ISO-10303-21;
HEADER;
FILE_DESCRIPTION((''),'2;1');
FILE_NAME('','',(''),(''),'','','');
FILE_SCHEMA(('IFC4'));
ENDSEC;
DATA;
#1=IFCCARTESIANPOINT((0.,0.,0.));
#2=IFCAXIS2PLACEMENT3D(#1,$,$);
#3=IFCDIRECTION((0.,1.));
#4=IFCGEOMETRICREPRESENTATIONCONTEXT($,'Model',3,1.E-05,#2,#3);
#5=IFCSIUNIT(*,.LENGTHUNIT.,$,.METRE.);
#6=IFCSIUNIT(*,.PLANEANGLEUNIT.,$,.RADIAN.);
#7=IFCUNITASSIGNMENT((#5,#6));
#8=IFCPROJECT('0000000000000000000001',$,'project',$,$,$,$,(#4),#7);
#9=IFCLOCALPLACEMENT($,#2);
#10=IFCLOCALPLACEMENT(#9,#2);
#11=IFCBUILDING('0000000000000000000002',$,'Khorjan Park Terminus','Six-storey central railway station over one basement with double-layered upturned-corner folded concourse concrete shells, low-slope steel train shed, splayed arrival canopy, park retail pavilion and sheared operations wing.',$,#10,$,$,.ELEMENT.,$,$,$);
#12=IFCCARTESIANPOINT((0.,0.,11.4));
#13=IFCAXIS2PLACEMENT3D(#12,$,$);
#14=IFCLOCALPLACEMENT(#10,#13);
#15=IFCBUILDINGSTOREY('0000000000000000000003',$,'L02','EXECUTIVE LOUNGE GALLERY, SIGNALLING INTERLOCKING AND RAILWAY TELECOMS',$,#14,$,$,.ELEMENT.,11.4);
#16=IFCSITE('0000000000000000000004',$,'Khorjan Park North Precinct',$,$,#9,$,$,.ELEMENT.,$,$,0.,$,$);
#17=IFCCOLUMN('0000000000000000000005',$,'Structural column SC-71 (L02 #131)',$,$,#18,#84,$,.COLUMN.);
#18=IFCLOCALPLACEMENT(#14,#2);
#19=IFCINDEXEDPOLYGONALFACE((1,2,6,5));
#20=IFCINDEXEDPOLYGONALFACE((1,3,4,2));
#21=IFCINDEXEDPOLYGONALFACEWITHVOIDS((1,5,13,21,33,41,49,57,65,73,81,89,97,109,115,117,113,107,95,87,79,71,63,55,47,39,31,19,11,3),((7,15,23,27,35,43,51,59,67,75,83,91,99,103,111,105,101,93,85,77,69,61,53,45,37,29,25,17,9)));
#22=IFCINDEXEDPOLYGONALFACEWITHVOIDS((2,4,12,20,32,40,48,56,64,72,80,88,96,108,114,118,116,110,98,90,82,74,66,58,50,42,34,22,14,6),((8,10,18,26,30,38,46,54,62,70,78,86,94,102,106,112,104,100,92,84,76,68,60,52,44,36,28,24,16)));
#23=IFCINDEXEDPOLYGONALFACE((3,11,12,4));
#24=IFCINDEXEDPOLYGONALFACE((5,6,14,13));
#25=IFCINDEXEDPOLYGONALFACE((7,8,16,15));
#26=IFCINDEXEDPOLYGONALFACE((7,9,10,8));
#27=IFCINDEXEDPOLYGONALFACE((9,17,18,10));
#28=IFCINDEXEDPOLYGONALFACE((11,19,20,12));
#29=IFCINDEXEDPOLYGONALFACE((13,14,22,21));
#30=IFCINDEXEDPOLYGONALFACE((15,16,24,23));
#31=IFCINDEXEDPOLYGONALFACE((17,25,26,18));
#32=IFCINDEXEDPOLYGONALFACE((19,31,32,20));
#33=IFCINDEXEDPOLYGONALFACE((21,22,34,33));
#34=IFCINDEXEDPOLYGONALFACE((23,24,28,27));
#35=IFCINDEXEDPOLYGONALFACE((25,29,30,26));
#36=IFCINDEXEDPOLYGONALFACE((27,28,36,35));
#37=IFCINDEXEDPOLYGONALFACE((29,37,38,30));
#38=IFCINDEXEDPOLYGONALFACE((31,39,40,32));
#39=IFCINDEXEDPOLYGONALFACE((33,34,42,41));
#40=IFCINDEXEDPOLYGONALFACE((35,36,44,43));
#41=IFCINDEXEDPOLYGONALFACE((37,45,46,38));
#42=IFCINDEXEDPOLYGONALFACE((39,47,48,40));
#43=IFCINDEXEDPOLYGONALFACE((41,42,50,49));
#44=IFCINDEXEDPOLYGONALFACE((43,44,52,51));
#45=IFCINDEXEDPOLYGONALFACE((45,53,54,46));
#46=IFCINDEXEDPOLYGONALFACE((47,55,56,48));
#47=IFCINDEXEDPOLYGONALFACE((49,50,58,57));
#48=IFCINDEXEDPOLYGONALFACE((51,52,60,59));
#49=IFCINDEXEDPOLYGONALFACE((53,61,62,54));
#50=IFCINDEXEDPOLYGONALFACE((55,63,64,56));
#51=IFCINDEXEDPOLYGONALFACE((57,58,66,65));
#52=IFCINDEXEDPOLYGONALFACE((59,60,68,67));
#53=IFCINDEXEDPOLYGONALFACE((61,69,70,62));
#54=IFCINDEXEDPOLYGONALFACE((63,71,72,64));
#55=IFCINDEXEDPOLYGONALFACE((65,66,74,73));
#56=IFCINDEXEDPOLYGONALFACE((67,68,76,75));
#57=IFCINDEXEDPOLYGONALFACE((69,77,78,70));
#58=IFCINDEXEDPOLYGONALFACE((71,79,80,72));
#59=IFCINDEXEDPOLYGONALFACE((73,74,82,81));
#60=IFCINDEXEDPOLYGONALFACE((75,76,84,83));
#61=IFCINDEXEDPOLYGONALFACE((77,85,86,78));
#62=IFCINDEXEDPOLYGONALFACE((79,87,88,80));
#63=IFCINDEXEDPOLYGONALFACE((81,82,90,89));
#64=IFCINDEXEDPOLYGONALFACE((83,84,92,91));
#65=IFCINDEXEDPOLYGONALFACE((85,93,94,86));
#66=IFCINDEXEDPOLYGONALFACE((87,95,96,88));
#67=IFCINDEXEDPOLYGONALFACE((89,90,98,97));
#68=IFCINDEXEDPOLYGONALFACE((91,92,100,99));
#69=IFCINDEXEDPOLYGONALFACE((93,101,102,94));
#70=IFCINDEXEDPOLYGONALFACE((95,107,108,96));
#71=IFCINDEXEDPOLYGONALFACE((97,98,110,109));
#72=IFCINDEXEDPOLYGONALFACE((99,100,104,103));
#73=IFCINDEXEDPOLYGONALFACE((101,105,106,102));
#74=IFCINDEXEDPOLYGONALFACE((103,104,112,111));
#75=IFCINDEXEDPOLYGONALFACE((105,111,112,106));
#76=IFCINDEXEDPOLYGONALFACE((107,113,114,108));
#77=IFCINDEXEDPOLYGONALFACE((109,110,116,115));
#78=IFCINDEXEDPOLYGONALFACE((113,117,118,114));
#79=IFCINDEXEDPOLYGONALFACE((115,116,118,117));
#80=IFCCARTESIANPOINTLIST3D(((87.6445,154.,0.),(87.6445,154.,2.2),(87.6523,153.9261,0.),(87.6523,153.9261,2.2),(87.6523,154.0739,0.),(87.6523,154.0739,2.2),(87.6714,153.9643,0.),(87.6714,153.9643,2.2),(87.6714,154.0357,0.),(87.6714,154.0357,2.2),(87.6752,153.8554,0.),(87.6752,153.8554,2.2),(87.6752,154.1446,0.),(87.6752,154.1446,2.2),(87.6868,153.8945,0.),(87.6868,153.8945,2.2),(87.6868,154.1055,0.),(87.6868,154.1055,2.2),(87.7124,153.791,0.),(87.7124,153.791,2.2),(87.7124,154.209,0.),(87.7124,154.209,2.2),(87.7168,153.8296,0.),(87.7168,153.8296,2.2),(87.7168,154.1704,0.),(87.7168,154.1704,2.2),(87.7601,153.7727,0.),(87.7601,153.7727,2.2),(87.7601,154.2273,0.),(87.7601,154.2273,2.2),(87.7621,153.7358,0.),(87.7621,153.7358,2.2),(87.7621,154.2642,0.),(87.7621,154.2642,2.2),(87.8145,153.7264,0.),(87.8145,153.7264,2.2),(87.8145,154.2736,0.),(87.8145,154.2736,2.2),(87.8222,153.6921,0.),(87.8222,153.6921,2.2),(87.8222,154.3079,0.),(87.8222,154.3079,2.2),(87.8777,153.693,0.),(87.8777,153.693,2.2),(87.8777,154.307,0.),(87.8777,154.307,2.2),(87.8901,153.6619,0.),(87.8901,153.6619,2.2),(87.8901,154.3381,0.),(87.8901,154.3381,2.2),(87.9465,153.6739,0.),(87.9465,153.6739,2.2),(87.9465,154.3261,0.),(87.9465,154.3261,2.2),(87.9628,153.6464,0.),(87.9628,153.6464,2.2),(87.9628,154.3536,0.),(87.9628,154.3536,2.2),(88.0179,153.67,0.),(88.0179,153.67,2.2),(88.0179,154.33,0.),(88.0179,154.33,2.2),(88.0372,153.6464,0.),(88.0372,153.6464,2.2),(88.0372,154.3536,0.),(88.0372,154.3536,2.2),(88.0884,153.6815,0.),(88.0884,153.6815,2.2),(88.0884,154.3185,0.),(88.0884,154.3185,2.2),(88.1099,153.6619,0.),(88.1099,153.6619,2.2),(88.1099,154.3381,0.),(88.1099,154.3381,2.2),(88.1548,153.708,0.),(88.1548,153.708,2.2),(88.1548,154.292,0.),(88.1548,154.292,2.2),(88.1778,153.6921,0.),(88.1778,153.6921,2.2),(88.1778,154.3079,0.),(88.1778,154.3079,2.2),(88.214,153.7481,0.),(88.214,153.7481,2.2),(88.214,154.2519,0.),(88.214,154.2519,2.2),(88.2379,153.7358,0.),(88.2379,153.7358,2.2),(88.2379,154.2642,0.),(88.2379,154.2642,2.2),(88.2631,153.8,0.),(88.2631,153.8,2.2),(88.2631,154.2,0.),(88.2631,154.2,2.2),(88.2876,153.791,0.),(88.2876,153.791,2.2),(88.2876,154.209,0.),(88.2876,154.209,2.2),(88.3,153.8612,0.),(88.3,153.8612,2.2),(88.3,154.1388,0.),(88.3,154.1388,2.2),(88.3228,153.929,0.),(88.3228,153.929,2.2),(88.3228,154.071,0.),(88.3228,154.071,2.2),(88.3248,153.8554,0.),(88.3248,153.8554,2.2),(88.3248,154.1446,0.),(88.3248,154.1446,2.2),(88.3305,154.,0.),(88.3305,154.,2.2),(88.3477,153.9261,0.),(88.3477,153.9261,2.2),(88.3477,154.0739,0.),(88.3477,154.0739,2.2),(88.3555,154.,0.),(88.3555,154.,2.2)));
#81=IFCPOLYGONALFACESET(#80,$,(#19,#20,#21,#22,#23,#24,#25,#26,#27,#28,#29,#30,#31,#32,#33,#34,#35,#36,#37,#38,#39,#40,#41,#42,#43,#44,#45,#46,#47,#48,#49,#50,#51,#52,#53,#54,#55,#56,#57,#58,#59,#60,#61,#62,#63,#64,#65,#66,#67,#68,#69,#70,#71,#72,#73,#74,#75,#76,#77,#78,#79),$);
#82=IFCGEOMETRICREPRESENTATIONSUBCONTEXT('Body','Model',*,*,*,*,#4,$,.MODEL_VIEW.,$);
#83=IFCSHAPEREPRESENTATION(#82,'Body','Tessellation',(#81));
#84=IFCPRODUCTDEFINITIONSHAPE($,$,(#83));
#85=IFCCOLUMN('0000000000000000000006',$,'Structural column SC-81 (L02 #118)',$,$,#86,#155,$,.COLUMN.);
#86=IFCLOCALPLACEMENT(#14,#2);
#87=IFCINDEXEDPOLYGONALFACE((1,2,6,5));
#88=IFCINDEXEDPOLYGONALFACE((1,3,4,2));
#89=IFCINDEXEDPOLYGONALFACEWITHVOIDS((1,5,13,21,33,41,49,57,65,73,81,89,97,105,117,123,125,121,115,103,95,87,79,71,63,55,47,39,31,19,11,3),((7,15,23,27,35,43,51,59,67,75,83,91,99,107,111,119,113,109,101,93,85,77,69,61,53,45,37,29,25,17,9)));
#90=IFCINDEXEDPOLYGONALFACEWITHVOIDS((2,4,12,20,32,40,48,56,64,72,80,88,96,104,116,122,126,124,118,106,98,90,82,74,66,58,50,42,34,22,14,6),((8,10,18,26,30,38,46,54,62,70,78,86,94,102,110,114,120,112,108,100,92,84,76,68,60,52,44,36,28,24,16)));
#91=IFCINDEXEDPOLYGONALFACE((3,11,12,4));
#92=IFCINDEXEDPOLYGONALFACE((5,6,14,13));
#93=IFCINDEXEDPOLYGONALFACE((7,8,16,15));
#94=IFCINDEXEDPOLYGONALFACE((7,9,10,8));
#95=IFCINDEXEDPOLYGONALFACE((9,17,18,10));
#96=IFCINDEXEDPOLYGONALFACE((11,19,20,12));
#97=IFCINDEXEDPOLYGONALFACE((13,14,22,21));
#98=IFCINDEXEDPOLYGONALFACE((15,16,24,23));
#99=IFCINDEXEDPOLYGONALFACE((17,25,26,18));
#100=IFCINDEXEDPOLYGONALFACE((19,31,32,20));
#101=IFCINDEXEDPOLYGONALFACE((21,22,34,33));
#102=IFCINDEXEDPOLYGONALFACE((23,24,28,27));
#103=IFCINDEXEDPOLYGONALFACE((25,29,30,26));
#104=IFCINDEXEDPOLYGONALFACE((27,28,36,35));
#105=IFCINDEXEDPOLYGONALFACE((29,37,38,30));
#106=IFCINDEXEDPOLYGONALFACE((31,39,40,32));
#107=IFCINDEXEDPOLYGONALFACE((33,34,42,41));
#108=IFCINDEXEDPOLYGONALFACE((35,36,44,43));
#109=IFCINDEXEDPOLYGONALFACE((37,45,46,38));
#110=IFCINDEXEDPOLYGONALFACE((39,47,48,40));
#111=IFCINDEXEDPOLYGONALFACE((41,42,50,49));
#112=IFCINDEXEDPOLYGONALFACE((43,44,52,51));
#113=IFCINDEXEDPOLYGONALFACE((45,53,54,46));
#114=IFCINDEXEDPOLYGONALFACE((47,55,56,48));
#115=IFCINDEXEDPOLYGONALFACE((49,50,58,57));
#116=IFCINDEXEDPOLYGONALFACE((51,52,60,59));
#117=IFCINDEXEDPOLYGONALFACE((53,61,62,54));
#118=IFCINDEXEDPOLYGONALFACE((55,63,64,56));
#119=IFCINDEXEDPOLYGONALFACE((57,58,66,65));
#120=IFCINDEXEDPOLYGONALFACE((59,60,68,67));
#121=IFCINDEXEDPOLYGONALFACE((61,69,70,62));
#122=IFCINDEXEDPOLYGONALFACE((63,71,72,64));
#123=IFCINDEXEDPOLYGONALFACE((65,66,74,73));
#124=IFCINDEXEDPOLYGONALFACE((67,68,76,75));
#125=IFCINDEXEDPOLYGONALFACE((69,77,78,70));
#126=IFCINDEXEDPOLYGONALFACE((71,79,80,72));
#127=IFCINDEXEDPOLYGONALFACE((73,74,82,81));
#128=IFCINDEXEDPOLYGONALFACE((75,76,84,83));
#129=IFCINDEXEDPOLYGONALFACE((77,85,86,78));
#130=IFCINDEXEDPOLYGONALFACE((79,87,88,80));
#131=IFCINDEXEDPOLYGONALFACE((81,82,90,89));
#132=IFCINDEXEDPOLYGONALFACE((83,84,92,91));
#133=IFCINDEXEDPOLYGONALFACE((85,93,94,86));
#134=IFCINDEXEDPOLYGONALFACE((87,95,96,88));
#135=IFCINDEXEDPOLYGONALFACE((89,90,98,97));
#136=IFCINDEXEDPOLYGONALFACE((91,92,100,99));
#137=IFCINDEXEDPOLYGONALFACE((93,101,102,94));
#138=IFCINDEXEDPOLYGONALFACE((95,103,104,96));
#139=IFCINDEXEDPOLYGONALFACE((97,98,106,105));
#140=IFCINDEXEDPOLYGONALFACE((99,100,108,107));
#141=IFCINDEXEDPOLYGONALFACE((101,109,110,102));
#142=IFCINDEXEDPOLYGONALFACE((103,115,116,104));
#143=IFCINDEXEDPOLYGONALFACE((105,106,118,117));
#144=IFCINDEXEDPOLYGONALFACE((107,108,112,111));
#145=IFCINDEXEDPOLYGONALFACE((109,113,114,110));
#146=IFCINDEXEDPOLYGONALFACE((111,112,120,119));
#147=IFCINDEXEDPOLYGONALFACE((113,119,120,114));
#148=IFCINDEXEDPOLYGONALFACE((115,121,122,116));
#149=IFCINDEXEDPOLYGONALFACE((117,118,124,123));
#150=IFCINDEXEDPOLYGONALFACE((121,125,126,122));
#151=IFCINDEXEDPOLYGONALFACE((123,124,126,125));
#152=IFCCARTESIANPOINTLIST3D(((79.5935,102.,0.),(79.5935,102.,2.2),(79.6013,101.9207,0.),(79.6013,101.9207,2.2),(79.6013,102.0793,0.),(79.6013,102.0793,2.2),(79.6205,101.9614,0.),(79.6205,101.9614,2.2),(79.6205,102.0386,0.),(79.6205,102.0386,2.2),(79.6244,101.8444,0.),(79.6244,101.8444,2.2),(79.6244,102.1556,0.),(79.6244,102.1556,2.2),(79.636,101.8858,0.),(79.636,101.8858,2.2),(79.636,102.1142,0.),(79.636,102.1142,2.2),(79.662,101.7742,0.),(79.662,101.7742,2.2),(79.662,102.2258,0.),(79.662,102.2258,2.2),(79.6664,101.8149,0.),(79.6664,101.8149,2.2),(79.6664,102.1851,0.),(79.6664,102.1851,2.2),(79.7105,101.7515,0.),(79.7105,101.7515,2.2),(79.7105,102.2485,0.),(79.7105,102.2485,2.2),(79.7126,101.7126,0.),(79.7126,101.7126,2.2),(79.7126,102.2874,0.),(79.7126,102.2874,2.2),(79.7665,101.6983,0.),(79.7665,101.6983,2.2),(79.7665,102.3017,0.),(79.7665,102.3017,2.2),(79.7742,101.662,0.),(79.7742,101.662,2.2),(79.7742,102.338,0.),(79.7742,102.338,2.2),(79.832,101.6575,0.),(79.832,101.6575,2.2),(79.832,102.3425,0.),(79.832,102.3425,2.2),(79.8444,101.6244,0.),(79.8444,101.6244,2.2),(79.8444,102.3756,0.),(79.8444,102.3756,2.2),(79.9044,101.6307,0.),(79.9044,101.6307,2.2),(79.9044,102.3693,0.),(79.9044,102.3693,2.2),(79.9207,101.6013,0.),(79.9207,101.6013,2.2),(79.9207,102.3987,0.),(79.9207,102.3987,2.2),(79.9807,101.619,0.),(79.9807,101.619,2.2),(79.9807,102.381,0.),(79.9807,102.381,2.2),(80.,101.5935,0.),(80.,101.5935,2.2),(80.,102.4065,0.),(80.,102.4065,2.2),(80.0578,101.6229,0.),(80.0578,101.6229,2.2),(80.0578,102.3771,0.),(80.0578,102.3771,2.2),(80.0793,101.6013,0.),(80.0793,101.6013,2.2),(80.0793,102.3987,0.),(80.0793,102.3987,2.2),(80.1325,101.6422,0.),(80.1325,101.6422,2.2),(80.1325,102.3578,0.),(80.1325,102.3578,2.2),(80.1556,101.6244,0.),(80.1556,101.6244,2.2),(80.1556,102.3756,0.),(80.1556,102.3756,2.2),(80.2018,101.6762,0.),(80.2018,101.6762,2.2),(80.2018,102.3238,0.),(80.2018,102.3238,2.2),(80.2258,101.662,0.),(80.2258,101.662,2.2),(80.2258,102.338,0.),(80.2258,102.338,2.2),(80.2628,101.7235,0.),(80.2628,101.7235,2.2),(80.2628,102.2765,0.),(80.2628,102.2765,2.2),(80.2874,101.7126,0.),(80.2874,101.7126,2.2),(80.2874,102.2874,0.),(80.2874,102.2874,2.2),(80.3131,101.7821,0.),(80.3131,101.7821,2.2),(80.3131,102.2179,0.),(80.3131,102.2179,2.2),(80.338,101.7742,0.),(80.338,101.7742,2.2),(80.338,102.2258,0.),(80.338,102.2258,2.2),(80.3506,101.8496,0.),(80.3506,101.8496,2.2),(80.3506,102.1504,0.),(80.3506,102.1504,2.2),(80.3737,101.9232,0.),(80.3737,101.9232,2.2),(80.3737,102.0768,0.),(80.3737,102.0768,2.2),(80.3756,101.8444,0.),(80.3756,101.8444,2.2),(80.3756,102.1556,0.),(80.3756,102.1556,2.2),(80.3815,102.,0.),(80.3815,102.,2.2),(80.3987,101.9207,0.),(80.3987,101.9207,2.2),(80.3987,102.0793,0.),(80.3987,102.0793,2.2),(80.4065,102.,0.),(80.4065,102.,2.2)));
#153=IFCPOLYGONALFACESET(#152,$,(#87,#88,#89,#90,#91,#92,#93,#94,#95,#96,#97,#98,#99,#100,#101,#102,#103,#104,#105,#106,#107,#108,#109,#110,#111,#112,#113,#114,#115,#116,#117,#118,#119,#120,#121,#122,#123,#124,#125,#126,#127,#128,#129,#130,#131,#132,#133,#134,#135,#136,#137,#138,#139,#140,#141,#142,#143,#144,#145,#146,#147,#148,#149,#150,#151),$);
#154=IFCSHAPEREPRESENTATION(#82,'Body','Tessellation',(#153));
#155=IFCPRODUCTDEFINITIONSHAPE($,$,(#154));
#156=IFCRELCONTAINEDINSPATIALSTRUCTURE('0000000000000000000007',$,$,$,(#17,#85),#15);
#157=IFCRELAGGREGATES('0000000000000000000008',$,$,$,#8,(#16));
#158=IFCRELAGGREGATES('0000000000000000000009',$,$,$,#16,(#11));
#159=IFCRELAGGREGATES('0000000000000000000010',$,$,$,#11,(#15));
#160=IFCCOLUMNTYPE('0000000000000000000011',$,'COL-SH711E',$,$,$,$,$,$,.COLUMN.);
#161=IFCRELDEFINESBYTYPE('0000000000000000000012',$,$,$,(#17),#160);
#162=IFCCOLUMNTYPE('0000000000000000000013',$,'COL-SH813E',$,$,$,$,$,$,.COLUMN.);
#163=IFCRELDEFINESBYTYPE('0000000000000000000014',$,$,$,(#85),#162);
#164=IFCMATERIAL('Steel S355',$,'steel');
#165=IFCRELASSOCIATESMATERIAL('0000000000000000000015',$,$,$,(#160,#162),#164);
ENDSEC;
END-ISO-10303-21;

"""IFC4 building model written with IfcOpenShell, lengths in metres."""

from ifc_helpers import new_model, si_unit, direction, frame, origin, origin_2d, place, context, subcontext, project, spatial, hollow_circle, extrude, material, material_profile, profile_set, type_object, element, save


model = new_model("IFC4")

# Units and contexts
model_context = context("Model", 3, precision=1e-05, world=origin(), true_north=direction((0.0, 1.0)))
body_context = subcontext(model_context, "Body", "Model", "MODEL_VIEW")
ifc_project = project(units=[si_unit("LENGTHUNIT", "METRE"), si_unit("PLANEANGLEUNIT", "RADIAN")], contexts=[model_context])

# Site, building, storey
site_placement = place(None, origin())
site = spatial("IfcSite", under=ifc_project, at=site_placement, Name="Khorjan Park North Precinct", CompositionType="ELEMENT", RefElevation=0.0)
building_placement = place(site_placement, origin())
building = spatial("IfcBuilding", under=site, at=building_placement, Name="Khorjan Park Terminus", Description="Six-storey central railway station over one basement with double-layered upturned-corner folded concourse concrete shells, low-slope steel train shed, splayed arrival canopy, park retail pavilion and sheared operations wing.", CompositionType="ELEMENT")
storey_placement = place(building_placement, frame((0.0, 0.0, 11.4)))
storey = spatial("IfcBuildingStorey", under=building, at=storey_placement, Name="L02", Description="EXECUTIVE LOUNGE GALLERY, SIGNALLING INTERLOCKING AND RAILWAY TELECOMS", CompositionType="ELEMENT", Elevation=11.4)

# Columns
ifc_material = material(Name="Steel S355", Category="steel")
ifc_material_profile_1 = material_profile(ifc_material, hollow_circle(Radius=0.3555, WallThickness=0.025, at=origin_2d()), Name="CHS 711x25")
ifc_profile_set_1 = profile_set([ifc_material_profile_1], Name="Steel S355")
column_type_1 = type_object("IfcColumnType", Name="COL-SH711E", PredefinedType="COLUMN", material=ifc_profile_set_1)
for number, where, z_axis, x_axis, name in (
    (1, (88.0, 154.0, 0.0), (0.0, 0.0, 1.0), (1.0, 0.0, 0.0), "Structural column SC-71 (L02 #131)"),
):
    element("IfcColumn", number, at=place(storey_placement, frame(where, z_axis=z_axis, x_axis=x_axis)), inside=storey, type_object=column_type_1, Name=name, PredefinedType="COLUMN", context=body_context, shape_type="SweptSolid", body=[
        extrude(hollow_circle(Radius=0.3555, WallThickness=0.025, at=origin_2d()), origin(), (0.0, 0.0, 1.0), 2.2),
    ])
ifc_material_profile_2 = material_profile(ifc_material, hollow_circle(Radius=0.4065, WallThickness=0.025, at=origin_2d()), Name="CHS 813x25")
ifc_profile_set_2 = profile_set([ifc_material_profile_2], Name="Steel S355")
column_type_2 = type_object("IfcColumnType", Name="COL-SH813E", PredefinedType="COLUMN", material=ifc_profile_set_2)
column_placement = place(storey_placement, frame((80.0, 102.0, 0.0), z_axis=(0.0, 0.0, 1.0), x_axis=(1.0, 0.0, 0.0)))
element("IfcColumn", 2, at=column_placement, inside=storey, type_object=column_type_2, Name="Structural column SC-81 (L02 #118)", PredefinedType="COLUMN", context=body_context, shape_type="SweptSolid", body=[
    extrude(hollow_circle(Radius=0.4065, WallThickness=0.025, at=origin_2d()), origin(), (0.0, 0.0, 1.0), 2.2),
])

save(model, "model.ifc")
